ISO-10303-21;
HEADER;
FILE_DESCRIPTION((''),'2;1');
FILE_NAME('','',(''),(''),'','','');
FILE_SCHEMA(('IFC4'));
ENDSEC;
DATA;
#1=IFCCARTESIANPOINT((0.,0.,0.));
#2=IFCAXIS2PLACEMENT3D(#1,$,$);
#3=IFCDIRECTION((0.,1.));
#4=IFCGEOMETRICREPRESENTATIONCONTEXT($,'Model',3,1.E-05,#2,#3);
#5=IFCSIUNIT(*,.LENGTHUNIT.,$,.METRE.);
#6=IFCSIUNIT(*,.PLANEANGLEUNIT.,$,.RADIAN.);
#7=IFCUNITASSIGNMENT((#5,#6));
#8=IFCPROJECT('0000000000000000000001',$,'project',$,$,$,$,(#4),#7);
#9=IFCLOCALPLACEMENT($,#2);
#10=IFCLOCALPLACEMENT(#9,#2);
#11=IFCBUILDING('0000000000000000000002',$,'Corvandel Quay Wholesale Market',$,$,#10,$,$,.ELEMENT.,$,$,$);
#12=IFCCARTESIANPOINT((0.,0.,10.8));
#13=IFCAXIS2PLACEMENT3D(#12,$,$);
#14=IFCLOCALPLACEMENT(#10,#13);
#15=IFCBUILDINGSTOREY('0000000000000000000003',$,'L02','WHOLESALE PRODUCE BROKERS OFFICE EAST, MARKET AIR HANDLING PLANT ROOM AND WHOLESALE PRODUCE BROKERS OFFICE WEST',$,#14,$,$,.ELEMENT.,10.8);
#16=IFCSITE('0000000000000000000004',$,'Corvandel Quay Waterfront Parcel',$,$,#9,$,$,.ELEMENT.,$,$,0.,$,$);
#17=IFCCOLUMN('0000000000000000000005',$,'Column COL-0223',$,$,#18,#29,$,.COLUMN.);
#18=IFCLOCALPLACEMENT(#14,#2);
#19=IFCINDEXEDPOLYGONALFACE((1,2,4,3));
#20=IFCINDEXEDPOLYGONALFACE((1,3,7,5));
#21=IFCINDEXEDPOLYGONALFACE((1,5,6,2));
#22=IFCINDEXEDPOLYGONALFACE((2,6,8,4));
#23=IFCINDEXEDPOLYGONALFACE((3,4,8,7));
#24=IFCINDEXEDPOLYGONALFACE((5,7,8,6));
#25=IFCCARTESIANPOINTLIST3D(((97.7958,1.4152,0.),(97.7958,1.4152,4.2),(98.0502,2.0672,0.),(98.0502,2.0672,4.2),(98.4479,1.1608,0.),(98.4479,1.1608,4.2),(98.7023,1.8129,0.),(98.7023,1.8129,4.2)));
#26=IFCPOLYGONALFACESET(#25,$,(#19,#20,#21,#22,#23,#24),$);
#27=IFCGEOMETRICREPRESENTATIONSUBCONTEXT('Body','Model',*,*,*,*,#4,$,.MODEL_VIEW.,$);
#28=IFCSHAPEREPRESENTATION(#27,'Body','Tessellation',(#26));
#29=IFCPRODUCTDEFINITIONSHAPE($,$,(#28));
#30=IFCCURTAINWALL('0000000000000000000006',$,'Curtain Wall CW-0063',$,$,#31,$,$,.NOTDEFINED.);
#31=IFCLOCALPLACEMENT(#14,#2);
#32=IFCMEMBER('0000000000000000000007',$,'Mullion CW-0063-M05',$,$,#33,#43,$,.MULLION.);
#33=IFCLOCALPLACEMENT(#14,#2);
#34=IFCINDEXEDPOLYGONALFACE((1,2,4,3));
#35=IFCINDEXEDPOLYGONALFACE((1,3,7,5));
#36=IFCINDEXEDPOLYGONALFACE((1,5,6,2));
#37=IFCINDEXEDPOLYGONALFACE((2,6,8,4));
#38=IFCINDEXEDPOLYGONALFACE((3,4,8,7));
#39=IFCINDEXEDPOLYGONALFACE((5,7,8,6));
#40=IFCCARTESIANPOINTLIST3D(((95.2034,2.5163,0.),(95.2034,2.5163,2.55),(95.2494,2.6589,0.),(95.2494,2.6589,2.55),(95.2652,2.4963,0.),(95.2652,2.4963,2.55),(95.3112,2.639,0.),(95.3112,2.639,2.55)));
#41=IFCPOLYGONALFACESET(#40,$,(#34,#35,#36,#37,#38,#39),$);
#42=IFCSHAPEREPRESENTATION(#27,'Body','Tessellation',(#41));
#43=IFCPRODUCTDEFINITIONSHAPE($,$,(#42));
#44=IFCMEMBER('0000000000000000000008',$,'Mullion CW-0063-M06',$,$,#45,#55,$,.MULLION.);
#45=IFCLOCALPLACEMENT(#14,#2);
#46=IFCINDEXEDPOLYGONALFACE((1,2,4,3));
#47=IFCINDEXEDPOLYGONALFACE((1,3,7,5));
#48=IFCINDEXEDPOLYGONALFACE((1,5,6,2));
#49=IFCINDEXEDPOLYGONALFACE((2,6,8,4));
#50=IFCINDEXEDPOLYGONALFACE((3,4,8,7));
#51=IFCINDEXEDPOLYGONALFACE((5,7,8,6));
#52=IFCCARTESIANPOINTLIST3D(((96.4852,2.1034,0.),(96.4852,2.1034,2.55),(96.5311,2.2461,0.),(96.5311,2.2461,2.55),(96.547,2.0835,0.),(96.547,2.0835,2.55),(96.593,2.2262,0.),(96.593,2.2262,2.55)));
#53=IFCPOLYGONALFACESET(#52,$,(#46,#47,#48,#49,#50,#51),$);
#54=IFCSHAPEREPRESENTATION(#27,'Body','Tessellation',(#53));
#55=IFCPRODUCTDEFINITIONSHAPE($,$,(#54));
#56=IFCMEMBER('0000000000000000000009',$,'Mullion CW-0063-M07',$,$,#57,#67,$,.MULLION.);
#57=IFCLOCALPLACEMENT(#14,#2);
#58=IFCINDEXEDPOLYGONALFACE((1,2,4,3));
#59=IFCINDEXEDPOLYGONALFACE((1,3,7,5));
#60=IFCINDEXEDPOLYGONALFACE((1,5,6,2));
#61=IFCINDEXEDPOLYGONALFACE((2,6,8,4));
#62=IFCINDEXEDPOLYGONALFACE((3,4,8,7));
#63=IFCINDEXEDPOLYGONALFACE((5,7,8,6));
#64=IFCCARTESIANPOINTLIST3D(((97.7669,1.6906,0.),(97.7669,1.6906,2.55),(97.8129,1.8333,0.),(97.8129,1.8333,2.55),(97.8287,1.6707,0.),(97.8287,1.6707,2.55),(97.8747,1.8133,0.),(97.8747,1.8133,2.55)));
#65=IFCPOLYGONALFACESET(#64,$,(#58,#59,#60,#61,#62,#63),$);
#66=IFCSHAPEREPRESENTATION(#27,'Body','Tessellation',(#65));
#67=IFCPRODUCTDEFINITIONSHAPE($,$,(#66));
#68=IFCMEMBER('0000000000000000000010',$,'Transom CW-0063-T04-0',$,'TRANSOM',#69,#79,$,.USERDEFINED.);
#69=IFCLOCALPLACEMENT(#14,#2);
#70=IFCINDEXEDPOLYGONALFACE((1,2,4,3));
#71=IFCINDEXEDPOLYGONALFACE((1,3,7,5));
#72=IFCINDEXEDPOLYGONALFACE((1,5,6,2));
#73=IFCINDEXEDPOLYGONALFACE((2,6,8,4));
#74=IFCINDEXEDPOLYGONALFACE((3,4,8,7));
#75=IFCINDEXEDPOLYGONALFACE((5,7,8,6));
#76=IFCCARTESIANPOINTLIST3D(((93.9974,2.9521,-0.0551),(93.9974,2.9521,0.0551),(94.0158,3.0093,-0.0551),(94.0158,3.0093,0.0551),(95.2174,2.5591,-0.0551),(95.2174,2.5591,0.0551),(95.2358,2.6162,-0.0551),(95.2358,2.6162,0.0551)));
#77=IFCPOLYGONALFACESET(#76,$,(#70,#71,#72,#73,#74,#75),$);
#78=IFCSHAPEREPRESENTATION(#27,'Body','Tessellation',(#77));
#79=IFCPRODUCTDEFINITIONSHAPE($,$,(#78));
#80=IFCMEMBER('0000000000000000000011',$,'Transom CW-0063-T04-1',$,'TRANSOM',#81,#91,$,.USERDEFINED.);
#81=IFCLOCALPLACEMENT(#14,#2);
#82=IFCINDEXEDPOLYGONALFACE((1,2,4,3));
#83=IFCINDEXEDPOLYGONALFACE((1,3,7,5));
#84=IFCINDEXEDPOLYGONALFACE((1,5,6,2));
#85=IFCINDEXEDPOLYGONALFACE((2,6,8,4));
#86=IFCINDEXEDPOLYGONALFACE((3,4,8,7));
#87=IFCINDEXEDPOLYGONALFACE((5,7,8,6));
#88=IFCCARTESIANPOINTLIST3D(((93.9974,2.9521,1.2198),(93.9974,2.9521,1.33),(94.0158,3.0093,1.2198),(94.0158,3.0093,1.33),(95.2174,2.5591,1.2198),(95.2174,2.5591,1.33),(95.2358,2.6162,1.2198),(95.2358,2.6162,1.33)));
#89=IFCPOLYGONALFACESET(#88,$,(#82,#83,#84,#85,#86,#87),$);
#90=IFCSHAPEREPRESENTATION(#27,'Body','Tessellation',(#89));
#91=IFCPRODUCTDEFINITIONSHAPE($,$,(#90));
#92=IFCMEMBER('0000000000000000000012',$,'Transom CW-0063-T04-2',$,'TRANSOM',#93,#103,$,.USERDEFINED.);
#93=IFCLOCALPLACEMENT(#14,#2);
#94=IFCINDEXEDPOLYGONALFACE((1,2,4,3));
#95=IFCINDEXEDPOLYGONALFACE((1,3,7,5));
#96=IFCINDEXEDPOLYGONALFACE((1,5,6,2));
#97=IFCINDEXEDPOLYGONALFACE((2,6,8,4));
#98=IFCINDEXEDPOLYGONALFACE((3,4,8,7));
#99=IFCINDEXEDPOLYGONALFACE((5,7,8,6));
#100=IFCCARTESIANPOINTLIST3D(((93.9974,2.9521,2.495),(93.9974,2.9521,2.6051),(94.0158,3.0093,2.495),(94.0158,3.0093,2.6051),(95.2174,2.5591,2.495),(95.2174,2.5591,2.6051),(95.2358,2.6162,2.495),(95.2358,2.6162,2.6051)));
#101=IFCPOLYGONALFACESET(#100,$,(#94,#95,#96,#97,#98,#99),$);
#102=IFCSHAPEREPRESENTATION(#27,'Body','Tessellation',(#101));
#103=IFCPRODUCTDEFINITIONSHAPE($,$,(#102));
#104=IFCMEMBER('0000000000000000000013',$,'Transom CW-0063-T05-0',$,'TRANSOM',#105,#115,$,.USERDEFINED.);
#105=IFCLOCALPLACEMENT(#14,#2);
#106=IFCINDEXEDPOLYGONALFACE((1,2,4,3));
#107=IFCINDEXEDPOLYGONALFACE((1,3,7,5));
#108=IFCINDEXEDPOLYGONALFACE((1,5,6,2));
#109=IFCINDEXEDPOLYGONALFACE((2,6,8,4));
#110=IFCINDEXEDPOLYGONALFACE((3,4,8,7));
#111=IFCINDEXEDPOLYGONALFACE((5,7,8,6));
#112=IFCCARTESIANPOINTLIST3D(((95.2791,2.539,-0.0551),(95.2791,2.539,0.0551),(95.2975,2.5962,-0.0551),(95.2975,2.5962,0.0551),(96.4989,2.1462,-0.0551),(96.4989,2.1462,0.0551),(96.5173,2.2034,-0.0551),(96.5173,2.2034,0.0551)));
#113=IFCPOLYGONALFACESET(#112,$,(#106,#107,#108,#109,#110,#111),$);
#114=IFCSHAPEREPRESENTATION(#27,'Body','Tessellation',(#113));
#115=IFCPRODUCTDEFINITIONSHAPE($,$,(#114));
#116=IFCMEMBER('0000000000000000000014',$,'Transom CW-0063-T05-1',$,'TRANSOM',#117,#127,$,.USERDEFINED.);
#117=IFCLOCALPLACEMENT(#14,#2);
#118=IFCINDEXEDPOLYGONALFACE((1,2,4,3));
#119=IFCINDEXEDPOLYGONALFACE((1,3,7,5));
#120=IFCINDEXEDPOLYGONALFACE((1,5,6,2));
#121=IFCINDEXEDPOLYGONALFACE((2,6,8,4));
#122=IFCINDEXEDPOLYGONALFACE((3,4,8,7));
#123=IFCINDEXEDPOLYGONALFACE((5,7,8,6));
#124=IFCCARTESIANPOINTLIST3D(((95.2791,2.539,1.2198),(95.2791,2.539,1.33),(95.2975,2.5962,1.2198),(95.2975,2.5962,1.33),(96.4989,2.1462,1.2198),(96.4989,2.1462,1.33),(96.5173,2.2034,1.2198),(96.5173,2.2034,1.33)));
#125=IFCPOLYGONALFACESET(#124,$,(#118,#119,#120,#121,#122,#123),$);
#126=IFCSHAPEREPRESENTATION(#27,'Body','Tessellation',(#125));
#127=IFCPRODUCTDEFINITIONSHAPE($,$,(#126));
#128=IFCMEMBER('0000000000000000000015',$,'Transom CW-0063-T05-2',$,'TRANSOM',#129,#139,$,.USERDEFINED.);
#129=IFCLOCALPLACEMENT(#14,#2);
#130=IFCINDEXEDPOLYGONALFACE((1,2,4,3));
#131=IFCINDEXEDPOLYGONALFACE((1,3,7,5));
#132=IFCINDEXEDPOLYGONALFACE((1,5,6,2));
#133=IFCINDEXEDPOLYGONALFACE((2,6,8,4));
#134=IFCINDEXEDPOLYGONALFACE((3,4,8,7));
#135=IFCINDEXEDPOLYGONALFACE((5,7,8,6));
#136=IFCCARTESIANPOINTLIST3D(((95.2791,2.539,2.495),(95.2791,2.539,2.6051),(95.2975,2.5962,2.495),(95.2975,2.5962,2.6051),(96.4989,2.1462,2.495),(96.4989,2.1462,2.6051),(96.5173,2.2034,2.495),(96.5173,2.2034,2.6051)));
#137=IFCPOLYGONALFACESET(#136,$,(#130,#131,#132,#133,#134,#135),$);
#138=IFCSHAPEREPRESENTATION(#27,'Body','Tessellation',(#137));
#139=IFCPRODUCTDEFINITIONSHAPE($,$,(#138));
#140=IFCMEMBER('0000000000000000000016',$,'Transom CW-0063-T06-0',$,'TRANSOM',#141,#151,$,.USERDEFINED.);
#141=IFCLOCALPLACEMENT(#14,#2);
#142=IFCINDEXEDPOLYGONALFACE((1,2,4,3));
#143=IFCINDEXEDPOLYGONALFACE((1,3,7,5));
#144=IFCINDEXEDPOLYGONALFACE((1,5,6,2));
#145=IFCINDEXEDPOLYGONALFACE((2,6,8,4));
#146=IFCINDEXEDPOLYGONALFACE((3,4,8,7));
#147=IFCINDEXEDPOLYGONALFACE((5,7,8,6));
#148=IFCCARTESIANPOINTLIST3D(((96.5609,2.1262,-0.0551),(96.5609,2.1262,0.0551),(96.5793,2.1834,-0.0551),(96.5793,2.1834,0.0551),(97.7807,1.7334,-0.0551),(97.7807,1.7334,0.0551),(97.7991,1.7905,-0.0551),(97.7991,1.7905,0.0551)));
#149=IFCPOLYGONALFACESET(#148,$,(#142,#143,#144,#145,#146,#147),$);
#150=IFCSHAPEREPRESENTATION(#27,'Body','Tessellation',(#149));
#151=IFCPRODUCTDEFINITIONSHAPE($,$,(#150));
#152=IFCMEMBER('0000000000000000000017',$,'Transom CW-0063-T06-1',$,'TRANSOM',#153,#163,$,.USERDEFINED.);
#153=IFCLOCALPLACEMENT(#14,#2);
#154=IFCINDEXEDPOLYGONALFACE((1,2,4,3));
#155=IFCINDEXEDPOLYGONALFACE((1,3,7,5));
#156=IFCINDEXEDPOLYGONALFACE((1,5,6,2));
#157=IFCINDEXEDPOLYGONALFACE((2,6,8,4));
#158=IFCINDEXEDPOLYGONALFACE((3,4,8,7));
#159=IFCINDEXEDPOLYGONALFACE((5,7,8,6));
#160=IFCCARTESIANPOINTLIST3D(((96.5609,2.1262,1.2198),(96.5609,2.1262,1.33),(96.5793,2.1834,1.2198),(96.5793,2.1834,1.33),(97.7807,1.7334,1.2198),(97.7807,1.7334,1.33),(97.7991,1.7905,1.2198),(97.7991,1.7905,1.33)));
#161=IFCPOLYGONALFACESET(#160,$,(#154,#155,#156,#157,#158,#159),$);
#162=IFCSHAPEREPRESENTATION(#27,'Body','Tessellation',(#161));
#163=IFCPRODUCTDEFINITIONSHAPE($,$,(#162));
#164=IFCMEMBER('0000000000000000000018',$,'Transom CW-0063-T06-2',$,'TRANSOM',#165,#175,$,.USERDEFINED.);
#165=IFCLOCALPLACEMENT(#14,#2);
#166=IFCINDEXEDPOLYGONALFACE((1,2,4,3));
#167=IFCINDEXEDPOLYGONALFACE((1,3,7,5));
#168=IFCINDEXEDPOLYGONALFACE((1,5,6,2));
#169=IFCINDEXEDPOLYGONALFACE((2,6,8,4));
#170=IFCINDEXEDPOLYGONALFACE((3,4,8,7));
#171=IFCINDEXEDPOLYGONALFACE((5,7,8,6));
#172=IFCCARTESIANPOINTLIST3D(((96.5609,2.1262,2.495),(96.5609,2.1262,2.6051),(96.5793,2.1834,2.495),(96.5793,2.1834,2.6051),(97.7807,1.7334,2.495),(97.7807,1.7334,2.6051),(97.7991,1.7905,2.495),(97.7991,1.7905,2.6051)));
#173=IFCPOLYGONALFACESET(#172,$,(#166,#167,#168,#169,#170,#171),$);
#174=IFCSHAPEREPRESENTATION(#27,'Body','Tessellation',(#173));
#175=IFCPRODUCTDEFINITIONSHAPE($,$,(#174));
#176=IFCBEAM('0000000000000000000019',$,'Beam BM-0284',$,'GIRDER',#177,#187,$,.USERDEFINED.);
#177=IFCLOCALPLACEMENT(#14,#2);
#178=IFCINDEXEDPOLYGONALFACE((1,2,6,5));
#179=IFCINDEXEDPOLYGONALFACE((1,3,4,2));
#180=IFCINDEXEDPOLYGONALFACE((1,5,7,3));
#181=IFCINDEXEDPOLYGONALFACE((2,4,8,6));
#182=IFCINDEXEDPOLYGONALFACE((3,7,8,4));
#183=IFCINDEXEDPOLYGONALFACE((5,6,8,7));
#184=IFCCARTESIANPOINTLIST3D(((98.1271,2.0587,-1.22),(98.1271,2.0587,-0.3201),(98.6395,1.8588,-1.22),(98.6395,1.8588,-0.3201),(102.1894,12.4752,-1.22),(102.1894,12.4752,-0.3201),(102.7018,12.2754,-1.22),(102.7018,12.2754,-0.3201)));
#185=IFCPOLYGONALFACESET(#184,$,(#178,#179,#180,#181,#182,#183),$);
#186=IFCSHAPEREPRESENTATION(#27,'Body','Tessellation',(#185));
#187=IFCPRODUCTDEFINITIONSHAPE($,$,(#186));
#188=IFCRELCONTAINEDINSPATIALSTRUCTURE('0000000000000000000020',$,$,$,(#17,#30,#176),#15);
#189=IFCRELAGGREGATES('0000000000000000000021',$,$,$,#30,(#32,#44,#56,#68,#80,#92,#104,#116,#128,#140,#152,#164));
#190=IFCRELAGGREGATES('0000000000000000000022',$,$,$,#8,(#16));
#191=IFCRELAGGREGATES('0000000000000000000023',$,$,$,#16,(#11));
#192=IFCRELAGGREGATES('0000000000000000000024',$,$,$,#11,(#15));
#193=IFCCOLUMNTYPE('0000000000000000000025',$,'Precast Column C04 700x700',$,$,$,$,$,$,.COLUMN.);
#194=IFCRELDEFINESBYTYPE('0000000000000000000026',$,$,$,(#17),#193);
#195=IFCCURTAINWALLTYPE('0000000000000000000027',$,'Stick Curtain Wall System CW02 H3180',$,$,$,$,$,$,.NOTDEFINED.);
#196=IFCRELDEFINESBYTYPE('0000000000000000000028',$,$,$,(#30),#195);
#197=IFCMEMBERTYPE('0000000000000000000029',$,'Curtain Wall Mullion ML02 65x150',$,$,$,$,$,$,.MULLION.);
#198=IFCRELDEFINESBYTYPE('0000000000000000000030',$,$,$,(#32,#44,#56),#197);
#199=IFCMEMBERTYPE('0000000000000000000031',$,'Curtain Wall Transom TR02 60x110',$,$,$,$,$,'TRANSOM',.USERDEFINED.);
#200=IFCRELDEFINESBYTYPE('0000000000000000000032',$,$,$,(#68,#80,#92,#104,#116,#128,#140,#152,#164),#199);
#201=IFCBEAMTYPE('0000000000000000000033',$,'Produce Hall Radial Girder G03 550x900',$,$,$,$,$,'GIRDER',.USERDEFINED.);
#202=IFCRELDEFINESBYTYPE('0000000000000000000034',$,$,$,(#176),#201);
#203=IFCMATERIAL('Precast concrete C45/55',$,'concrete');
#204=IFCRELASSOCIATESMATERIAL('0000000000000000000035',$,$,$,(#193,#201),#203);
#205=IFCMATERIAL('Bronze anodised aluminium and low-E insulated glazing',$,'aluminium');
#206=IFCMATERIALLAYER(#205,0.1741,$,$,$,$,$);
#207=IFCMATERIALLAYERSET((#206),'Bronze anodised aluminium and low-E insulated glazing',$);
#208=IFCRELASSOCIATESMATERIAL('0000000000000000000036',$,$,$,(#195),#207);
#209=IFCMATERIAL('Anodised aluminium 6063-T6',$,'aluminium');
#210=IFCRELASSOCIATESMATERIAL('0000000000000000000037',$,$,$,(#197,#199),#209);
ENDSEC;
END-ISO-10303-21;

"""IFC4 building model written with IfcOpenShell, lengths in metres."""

from ifc_helpers import new_model, si_unit, direction, frame, origin, origin_2d, place, context, subcontext, project, spatial, rectangle, extrude, material, layer, layer_set, material_profile, profile_set, type_object, element, aggregate, save


model = new_model("IFC4")

# Units and contexts
model_context = context("Model", 3, precision=1e-05, world=origin(), true_north=direction((0.0, 1.0)))
body_context = subcontext(model_context, "Body", "Model", "MODEL_VIEW")
ifc_project = project(units=[si_unit("LENGTHUNIT", "METRE"), si_unit("PLANEANGLEUNIT", "RADIAN")], contexts=[model_context])

# Site, building, storey
site_placement = place(None, origin())
site = spatial("IfcSite", under=ifc_project, at=site_placement, Name="Corvandel Quay Waterfront Parcel", CompositionType="ELEMENT", RefElevation=0.0)
building_placement = place(site_placement, origin())
building = spatial("IfcBuilding", under=site, at=building_placement, Name="Corvandel Quay Wholesale Market", CompositionType="ELEMENT")
storey_placement = place(building_placement, frame((0.0, 0.0, 10.8)))
storey = spatial("IfcBuildingStorey", under=building, at=storey_placement, Name="L02", Description="WHOLESALE PRODUCE BROKERS OFFICE EAST, MARKET AIR HANDLING PLANT ROOM AND WHOLESALE PRODUCE BROKERS OFFICE WEST", CompositionType="ELEMENT", Elevation=10.8)

# Column
ifc_material_1 = material(Name="Precast concrete C45/55", Category="concrete")
ifc_material_profile_1 = material_profile(ifc_material_1, rectangle(XDim=0.7, YDim=0.7, at=origin_2d()), Name="PC-COL-700x700")
ifc_profile_set_1 = profile_set([ifc_material_profile_1], Name="Precast concrete C45/55")
column_type = type_object("IfcColumnType", Name="Precast Column C04 700x700", PredefinedType="COLUMN", material=ifc_profile_set_1)
column_placement = place(storey_placement, frame((98.249, 1.614, 0.0), z_axis=(0.0, 0.0, 1.0), x_axis=(-0.931628, 0.363414, 0.0)))
element("IfcColumn", 1, at=column_placement, inside=storey, type_object=column_type, Name="Column COL-0223", PredefinedType="COLUMN", context=body_context, shape_type="SweptSolid", body=[
    extrude(rectangle(XDim=0.7, YDim=0.7, at=origin_2d()), origin(), (0.0, 0.0, 1.0), 4.2),
])

# Curtain wall, members
ifc_material_2 = material(Name="Bronze anodised aluminium and low-E insulated glazing", Category="aluminium")
ifc_layer_1 = layer(ifc_material_2, 0.1741)
ifc_layer_set_1 = layer_set([ifc_layer_1], Name="Bronze anodised aluminium and low-E insulated glazing")
curtain_wall_type = type_object("IfcCurtainWallType", Name="Stick Curtain Wall System CW02 H3180", PredefinedType="NOTDEFINED", material=ifc_layer_set_1)
curtain_wall_placement = place(storey_placement, origin())
curtain_wall = element("IfcCurtainWall", 2, at=curtain_wall_placement, inside=storey, type_object=curtain_wall_type, Name="Curtain Wall CW-0063", PredefinedType="NOTDEFINED")
ifc_material_3 = material(Name="Anodised aluminium 6063-T6", Category="aluminium")
ifc_material_profile_2 = material_profile(ifc_material_3, rectangle(XDim=0.0649, YDim=0.1499, at=origin_2d()), Name="ALU-MUL-65x150")
ifc_profile_set_2 = profile_set([ifc_material_profile_2], Name="Anodised aluminium 6063-T6")
member_type_1 = type_object("IfcMemberType", Name="Curtain Wall Mullion ML02 65x150", PredefinedType="MULLION", material=ifc_profile_set_2)
member_1_placement = place(storey_placement, frame((95.2573, 2.5776, 0.0), z_axis=(0.0, 0.0, 1.0), x_axis=(-0.951809, 0.306692, 0.0)))
member_1 = element("IfcMember", 3, at=member_1_placement, type_object=member_type_1, Name="Mullion CW-0063-M05", PredefinedType="MULLION", context=body_context, shape_type="SweptSolid", body=[
    extrude(rectangle(XDim=0.0649, YDim=0.1499, at=origin_2d()), origin(), (0.0, 0.0, 1.0), 2.55),
])
member_2_placement = place(storey_placement, frame((96.5391, 2.1648, 0.0), z_axis=(0.0, 0.0, 1.0), x_axis=(-0.951809, 0.306692, 0.0)))
member_2 = element("IfcMember", 4, at=member_2_placement, type_object=member_type_1, Name="Mullion CW-0063-M06", PredefinedType="MULLION", context=body_context, shape_type="SweptSolid", body=[
    extrude(rectangle(XDim=0.0649, YDim=0.1499, at=origin_2d()), origin(), (0.0, 0.0, 1.0), 2.55),
])
member_3_placement = place(storey_placement, frame((97.8208, 1.752, 0.0), z_axis=(0.0, 0.0, 1.0), x_axis=(-0.951809, 0.306692, 0.0)))
member_3 = element("IfcMember", 5, at=member_3_placement, type_object=member_type_1, Name="Mullion CW-0063-M07", PredefinedType="MULLION", context=body_context, shape_type="SweptSolid", body=[
    extrude(rectangle(XDim=0.0649, YDim=0.1499, at=origin_2d()), origin(), (0.0, 0.0, 1.0), 2.55),
])
ifc_material_profile_3 = material_profile(ifc_material_3, rectangle(XDim=0.0601, YDim=0.1101, at=origin_2d()), Name="ALU-TRN-60x110")
ifc_profile_set_3 = profile_set([ifc_material_profile_3], Name="Anodised aluminium 6063-T6")
member_type_2 = type_object("IfcMemberType", Name="Curtain Wall Transom TR02 60x110", ElementType="TRANSOM", PredefinedType="USERDEFINED", material=ifc_profile_set_3)
member_4_placement = place(storey_placement, frame((94.0066, 2.9807, 0.0), z_axis=(0.951816, -0.306669, 0.0), x_axis=(0.306669, 0.951816, 0.0)))
member_4 = element("IfcMember", 6, at=member_4_placement, type_object=member_type_2, Name="Transom CW-0063-T04-0", ObjectType="TRANSOM", PredefinedType="USERDEFINED", context=body_context, shape_type="SweptSolid", body=[
    extrude(rectangle(XDim=0.0601, YDim=0.1101, at=origin_2d()), origin(), (0.0, 0.0, 1.0), 1.2817),
])
member_5_placement = place(storey_placement, frame((94.0066, 2.9807, 1.2749), z_axis=(0.951816, -0.306669, 0.0), x_axis=(0.306669, 0.951816, 0.0)))
member_5 = element("IfcMember", 7, at=member_5_placement, type_object=member_type_2, Name="Transom CW-0063-T04-1", ObjectType="TRANSOM", PredefinedType="USERDEFINED", context=body_context, shape_type="SweptSolid", body=[
    extrude(rectangle(XDim=0.0601, YDim=0.1101, at=origin_2d()), origin(), (0.0, 0.0, 1.0), 1.2817),
])
member_6_placement = place(storey_placement, frame((94.0066, 2.9807, 2.55), z_axis=(0.951816, -0.306669, 0.0), x_axis=(0.306669, 0.951816, 0.0)))
member_6 = element("IfcMember", 8, at=member_6_placement, type_object=member_type_2, Name="Transom CW-0063-T04-2", ObjectType="TRANSOM", PredefinedType="USERDEFINED", context=body_context, shape_type="SweptSolid", body=[
    extrude(rectangle(XDim=0.0601, YDim=0.1101, at=origin_2d()), origin(), (0.0, 0.0, 1.0), 1.2817),
])
member_7_placement = place(storey_placement, frame((95.2883, 2.5676, 0.0), z_axis=(0.951854, -0.306552, 0.0), x_axis=(0.306552, 0.951854, 0.0)))
member_7 = element("IfcMember", 9, at=member_7_placement, type_object=member_type_2, Name="Transom CW-0063-T05-0", ObjectType="TRANSOM", PredefinedType="USERDEFINED", context=body_context, shape_type="SweptSolid", body=[
    extrude(rectangle(XDim=0.0601, YDim=0.1101, at=origin_2d()), origin(), (0.0, 0.0, 1.0), 1.2815),
])
member_8_placement = place(storey_placement, frame((95.2883, 2.5676, 1.2749), z_axis=(0.951854, -0.306552, 0.0), x_axis=(0.306552, 0.951854, 0.0)))
member_8 = element("IfcMember", 10, at=member_8_placement, type_object=member_type_2, Name="Transom CW-0063-T05-1", ObjectType="TRANSOM", PredefinedType="USERDEFINED", context=body_context, shape_type="SweptSolid", body=[
    extrude(rectangle(XDim=0.0601, YDim=0.1101, at=origin_2d()), origin(), (0.0, 0.0, 1.0), 1.2815),
])
member_9_placement = place(storey_placement, frame((95.2883, 2.5676, 2.55), z_axis=(0.951854, -0.306552, 0.0), x_axis=(0.306552, 0.951854, 0.0)))
member_9 = element("IfcMember", 11, at=member_9_placement, type_object=member_type_2, Name="Transom CW-0063-T05-2", ObjectType="TRANSOM", PredefinedType="USERDEFINED", context=body_context, shape_type="SweptSolid", body=[
    extrude(rectangle(XDim=0.0601, YDim=0.1101, at=origin_2d()), origin(), (0.0, 0.0, 1.0), 1.2815),
])
member_10_placement = place(storey_placement, frame((96.5701, 2.1548, 0.0), z_axis=(0.951854, -0.306552, 0.0), x_axis=(0.306552, 0.951854, 0.0)))
member_10 = element("IfcMember", 12, at=member_10_placement, type_object=member_type_2, Name="Transom CW-0063-T06-0", ObjectType="TRANSOM", PredefinedType="USERDEFINED", context=body_context, shape_type="SweptSolid", body=[
    extrude(rectangle(XDim=0.0601, YDim=0.1101, at=origin_2d()), origin(), (0.0, 0.0, 1.0), 1.2815),
])
member_11_placement = place(storey_placement, frame((96.5701, 2.1548, 1.2749), z_axis=(0.951854, -0.306552, 0.0), x_axis=(0.306552, 0.951854, 0.0)))
member_11 = element("IfcMember", 13, at=member_11_placement, type_object=member_type_2, Name="Transom CW-0063-T06-1", ObjectType="TRANSOM", PredefinedType="USERDEFINED", context=body_context, shape_type="SweptSolid", body=[
    extrude(rectangle(XDim=0.0601, YDim=0.1101, at=origin_2d()), origin(), (0.0, 0.0, 1.0), 1.2815),
])
member_12_placement = place(storey_placement, frame((96.5701, 2.1548, 2.55), z_axis=(0.951854, -0.306552, 0.0), x_axis=(0.306552, 0.951854, 0.0)))
member_12 = element("IfcMember", 14, at=member_12_placement, type_object=member_type_2, Name="Transom CW-0063-T06-2", ObjectType="TRANSOM", PredefinedType="USERDEFINED", context=body_context, shape_type="SweptSolid", body=[
    extrude(rectangle(XDim=0.0601, YDim=0.1101, at=origin_2d()), origin(), (0.0, 0.0, 1.0), 1.2815),
])

# Beam
ifc_material_profile_4 = material_profile(ifc_material_1, rectangle(XDim=0.55, YDim=0.8999, at=origin_2d()), Name="PC-GIR-550x900")
ifc_profile_set_4 = profile_set([ifc_material_profile_4], Name="Precast concrete C45/55")
beam_type = type_object("IfcBeamType", Name="Produce Hall Radial Girder G03 550x900", ElementType="GIRDER", PredefinedType="USERDEFINED", material=ifc_profile_set_4)
beam_placement = place(storey_placement, frame((98.3833, 1.9587, -0.77), z_axis=(0.363331, 0.93166, 0.0), x_axis=(-0.93166, 0.363331, 0.0)))
element("IfcBeam", 15, at=beam_placement, inside=storey, type_object=beam_type, Name="Beam BM-0284", ObjectType="GIRDER", PredefinedType="USERDEFINED", context=body_context, shape_type="SweptSolid", body=[
    extrude(rectangle(XDim=0.55, YDim=0.8999, at=origin_2d()), origin(), (0.0, 0.0, 1.0), 11.1807),
])

aggregate(curtain_wall, [member_1, member_2, member_3, member_4, member_5, member_6, member_7, member_8, member_9, member_10, member_11, member_12])

save(model, "model.ifc")
